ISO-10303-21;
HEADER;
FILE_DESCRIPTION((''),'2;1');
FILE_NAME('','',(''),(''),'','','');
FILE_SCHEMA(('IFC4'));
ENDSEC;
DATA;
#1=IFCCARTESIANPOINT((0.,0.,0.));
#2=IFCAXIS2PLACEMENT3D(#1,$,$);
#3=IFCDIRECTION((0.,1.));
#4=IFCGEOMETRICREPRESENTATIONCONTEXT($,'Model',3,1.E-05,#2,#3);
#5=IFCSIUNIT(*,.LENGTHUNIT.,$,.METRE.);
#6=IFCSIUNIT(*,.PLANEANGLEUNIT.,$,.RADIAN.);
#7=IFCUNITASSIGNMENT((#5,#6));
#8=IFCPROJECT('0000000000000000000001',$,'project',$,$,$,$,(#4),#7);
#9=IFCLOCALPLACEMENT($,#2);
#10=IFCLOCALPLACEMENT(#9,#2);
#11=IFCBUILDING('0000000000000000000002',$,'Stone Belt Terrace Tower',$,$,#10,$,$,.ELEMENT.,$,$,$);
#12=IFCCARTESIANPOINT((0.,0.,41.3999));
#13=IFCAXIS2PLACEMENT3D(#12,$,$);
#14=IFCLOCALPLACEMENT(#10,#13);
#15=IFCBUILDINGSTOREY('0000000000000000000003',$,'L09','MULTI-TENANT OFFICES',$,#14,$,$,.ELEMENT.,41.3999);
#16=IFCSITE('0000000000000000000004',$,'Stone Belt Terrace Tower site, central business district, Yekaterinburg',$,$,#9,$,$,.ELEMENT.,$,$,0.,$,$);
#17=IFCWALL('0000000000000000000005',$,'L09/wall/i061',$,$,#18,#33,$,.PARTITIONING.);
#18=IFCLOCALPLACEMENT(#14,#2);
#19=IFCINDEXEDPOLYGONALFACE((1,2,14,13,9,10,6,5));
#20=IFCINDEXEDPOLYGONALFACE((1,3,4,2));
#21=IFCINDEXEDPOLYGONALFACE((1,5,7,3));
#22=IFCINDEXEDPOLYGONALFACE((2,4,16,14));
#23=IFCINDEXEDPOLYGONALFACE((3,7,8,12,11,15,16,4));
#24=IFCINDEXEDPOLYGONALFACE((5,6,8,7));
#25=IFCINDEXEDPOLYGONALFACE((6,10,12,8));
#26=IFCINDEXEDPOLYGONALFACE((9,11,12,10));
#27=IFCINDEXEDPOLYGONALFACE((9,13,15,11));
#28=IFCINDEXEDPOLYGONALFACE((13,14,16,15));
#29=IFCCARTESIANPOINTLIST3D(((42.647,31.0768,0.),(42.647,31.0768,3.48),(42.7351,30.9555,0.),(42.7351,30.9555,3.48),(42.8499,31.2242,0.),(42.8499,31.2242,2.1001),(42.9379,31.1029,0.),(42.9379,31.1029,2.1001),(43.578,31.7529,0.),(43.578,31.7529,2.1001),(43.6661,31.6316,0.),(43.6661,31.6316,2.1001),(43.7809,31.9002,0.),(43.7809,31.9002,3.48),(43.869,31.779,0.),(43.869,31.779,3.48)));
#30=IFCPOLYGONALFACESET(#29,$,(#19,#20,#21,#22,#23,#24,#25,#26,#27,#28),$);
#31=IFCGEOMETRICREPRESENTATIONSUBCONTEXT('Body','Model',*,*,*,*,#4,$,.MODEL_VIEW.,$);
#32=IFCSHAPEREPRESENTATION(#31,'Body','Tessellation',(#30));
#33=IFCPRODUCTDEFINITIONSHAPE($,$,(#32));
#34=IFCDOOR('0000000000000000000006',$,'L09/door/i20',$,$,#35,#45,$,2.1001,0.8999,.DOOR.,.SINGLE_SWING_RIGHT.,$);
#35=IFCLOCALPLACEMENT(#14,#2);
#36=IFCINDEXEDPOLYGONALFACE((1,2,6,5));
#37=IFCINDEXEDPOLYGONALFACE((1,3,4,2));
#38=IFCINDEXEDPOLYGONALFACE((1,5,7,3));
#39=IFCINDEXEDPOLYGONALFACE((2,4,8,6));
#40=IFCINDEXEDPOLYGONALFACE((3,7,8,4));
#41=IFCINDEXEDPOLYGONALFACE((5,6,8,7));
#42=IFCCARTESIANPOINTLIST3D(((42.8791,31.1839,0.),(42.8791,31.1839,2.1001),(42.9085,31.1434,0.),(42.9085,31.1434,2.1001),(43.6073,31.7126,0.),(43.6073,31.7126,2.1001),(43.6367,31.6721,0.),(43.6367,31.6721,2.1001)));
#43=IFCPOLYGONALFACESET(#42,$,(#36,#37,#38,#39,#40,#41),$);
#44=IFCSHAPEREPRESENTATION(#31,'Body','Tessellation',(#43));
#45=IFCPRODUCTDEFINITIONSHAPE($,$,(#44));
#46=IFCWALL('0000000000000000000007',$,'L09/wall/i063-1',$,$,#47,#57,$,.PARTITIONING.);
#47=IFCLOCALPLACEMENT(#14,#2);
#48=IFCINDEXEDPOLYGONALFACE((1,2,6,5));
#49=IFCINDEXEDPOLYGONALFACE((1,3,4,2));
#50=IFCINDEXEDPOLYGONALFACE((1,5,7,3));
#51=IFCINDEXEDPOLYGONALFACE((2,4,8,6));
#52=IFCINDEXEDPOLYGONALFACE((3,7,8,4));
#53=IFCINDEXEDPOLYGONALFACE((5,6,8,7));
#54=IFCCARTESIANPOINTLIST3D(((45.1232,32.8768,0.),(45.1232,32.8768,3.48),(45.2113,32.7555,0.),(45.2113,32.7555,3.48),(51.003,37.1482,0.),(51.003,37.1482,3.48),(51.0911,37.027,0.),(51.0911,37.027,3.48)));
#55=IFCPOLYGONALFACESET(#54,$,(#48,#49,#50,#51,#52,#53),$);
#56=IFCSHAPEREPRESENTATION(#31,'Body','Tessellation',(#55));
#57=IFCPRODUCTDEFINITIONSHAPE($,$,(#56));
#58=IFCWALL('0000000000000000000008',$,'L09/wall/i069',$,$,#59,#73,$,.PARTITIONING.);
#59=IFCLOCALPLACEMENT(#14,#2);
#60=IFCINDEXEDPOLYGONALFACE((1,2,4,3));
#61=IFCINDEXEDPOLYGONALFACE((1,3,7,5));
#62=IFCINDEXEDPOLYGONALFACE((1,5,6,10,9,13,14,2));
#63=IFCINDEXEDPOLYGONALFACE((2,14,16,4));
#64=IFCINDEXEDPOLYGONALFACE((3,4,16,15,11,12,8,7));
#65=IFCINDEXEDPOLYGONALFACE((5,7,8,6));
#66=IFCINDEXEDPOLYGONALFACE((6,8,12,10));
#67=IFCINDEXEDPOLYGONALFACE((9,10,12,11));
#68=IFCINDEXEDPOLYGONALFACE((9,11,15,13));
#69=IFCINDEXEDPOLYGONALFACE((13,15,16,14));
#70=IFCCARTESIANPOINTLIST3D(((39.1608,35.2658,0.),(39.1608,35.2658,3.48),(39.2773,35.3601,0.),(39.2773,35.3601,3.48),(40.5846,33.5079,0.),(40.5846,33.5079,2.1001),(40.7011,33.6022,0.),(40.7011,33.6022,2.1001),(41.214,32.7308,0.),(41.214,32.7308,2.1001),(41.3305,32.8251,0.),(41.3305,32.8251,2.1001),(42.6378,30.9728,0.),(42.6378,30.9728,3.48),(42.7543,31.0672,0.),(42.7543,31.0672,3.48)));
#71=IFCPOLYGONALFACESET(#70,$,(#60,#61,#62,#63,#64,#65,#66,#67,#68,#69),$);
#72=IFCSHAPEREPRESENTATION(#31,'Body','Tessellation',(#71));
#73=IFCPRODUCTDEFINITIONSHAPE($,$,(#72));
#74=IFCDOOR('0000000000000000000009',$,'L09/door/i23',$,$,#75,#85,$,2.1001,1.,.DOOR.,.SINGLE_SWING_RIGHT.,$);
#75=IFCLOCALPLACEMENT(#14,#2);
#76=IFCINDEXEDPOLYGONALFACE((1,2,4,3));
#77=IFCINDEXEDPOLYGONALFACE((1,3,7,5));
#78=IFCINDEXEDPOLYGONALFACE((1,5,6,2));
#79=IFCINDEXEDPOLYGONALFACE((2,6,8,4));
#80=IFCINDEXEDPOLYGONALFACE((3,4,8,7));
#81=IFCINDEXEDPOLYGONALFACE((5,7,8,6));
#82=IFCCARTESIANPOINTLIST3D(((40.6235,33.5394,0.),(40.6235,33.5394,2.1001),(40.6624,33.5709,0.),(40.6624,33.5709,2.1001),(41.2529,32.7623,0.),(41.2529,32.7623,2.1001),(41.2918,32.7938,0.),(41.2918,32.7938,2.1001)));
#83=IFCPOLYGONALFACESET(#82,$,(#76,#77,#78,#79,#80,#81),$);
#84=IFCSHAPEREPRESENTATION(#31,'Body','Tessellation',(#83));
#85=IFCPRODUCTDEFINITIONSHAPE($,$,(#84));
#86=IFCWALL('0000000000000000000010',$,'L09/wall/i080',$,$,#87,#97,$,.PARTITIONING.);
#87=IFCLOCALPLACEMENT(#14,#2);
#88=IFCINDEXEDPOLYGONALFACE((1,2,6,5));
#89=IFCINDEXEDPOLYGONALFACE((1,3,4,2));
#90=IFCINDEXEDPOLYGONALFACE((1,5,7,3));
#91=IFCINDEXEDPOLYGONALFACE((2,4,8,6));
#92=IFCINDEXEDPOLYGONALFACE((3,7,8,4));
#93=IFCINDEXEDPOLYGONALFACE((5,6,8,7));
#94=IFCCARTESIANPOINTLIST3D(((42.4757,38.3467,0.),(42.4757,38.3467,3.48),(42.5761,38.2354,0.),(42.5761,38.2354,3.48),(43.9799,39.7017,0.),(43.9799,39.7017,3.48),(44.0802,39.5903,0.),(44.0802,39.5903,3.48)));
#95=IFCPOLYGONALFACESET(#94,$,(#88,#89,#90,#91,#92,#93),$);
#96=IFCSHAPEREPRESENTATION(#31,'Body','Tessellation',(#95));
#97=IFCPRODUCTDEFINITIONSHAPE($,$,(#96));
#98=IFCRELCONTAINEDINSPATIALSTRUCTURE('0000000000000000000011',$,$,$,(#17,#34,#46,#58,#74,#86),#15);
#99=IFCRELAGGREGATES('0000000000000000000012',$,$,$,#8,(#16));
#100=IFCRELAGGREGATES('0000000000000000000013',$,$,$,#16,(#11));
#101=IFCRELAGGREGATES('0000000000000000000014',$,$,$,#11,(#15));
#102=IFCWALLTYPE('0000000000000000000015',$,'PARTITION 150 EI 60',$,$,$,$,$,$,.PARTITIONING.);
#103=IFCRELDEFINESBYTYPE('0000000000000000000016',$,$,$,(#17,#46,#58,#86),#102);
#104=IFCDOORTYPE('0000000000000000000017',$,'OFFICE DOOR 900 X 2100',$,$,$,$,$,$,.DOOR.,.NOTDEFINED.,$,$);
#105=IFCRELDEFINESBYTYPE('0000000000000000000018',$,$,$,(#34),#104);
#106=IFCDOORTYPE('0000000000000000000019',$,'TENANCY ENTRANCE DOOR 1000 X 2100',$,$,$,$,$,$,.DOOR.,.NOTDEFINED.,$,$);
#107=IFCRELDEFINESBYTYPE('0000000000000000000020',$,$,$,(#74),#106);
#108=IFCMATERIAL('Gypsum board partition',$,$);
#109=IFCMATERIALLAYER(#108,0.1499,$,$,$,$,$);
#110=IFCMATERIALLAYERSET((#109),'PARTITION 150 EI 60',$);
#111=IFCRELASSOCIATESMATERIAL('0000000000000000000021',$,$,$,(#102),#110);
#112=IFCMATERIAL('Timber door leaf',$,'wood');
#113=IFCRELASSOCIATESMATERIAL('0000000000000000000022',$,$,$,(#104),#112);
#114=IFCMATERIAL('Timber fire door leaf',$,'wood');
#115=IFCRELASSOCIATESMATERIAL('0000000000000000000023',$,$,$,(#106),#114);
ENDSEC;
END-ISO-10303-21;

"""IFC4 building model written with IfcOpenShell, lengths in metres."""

from ifc_helpers import new_model, si_unit, direction, frame, frame_2d, origin, place, context, subcontext, project, spatial, rectangle, extrude, material, layer, layer_set, type_object, element, fill, save


model = new_model("IFC4")

# Units and contexts
model_context = context("Model", 3, precision=1e-05, world=origin(), true_north=direction((0.0, 1.0)))
body_context = subcontext(model_context, "Body", "Model", "MODEL_VIEW")
ifc_project = project(units=[si_unit("LENGTHUNIT", "METRE"), si_unit("PLANEANGLEUNIT", "RADIAN")], contexts=[model_context])

# Site, building, storey
site_placement = place(None, origin())
site = spatial("IfcSite", under=ifc_project, at=site_placement, Name="Stone Belt Terrace Tower site, central business district, Yekaterinburg", CompositionType="ELEMENT", RefElevation=0.0)
building_placement = place(site_placement, origin())
building = spatial("IfcBuilding", under=site, at=building_placement, Name="Stone Belt Terrace Tower", CompositionType="ELEMENT")
storey_placement = place(building_placement, frame((0.0, 0.0, 41.3999)))
storey = spatial("IfcBuildingStorey", under=building, at=storey_placement, Name="L09", Description="MULTI-TENANT OFFICES", CompositionType="ELEMENT", Elevation=41.3999)

# Wall, opening, door
ifc_material_1 = material(Name="Gypsum board partition")
ifc_layer_1 = layer(ifc_material_1, 0.1499)
ifc_layer_set_1 = layer_set([ifc_layer_1], Name="PARTITION 150 EI 60")
wall_type = type_object("IfcWallType", Name="PARTITION 150 EI 60", PredefinedType="PARTITIONING", material=ifc_layer_set_1)
wall_1_placement = place(storey_placement, frame((43.825, 31.8396, 0.0), z_axis=(0.0, 0.0, 1.0), x_axis=(-0.809165, -0.587581, 0.0)))
wall_1 = element("IfcWall", 1, at=wall_1_placement, inside=storey, type_object=wall_type, Name="L09/wall/i061", PredefinedType="PARTITIONING", context=body_context, shape_type="SweptSolid", body=[
    extrude(rectangle(XDim=1.4014, YDim=0.1499, at=frame_2d((0.7007, 0.0))), origin(), (0.0, 0.0, 1.0), 3.48),
])
opening_1_placement = place(wall_1_placement, frame((0.2507, 0.0, 0.0)))
opening_1 = element("IfcOpeningElement", 2, at=opening_1_placement, cuts=wall_1, PredefinedType="OPENING", context=body_context, shape_type="SweptSolid", body=[
    extrude(rectangle(XDim=0.8999, YDim=2.1001, at=frame_2d((0.45, 1.05))), frame((0.0, 0.085, 0.0), z_axis=(0.0, -1.0, 0.0), x_axis=(1.0, 0.0, 0.0)), (0.0, 0.0, 1.0), 0.1699),
])
ifc_material_2 = material(Name="Timber door leaf", Category="wood")
door_type_1 = type_object("IfcDoorType", Name="OFFICE DOOR 900 X 2100", OperationType="NOTDEFINED", PredefinedType="DOOR", material=ifc_material_2)
door_1_placement = place(opening_1_placement, origin())
door_1 = element("IfcDoor", 3, at=door_1_placement, inside=storey, type_object=door_type_1, Name="L09/door/i20", OperationType="SINGLE_SWING_RIGHT", OverallHeight=2.1001, OverallWidth=0.8999, PredefinedType="DOOR", context=body_context, shape_type="SweptSolid", body=[
    extrude(rectangle(XDim=0.8999, YDim=2.1001, at=frame_2d((0.45, 1.05))), frame((0.0, 0.0249, 0.0), z_axis=(0.0, -1.0, 0.0), x_axis=(1.0, 0.0, 0.0)), (0.0, 0.0, 1.0), 0.05),
])
fill(opening_1, door_1)

# Wall
wall_2_placement = place(storey_placement, frame((45.1672, 32.8162, 0.0), z_axis=(0.0, 0.0, 1.0), x_axis=(0.80905, 0.58774, 0.0)))
element("IfcWall", 4, at=wall_2_placement, inside=storey, type_object=wall_type, Name="L09/wall/i063-1", PredefinedType="PARTITIONING", context=body_context, shape_type="SweptSolid", body=[
    extrude(rectangle(XDim=7.2676, YDim=0.1499, at=frame_2d((3.6338, 0.0))), origin(), (0.0, 0.0, 1.0), 3.48),
])

# Wall, opening, door
wall_3_placement = place(storey_placement, frame((42.696, 31.02, 0.0), z_axis=(0.0, 0.0, 1.0), x_axis=(-0.629394, 0.777086, 0.0)))
wall_3 = element("IfcWall", 5, at=wall_3_placement, inside=storey, type_object=wall_type, Name="L09/wall/i069", PredefinedType="PARTITIONING", context=body_context, shape_type="SweptSolid", body=[
    extrude(rectangle(XDim=5.5244, YDim=0.1499, at=frame_2d((2.7622, 0.0))), origin(), (0.0, 0.0, 1.0), 3.48),
])
opening_2_placement = place(wall_3_placement, frame((2.2622, 0.0, 0.0)))
opening_2 = element("IfcOpeningElement", 6, at=opening_2_placement, cuts=wall_3, PredefinedType="OPENING", context=body_context, shape_type="SweptSolid", body=[
    extrude(rectangle(XDim=1.0, YDim=2.1001, at=frame_2d((0.5, 1.05))), frame((0.0, 0.085, 0.0), z_axis=(0.0, -1.0, 0.0), x_axis=(1.0, 0.0, 0.0)), (0.0, 0.0, 1.0), 0.1699),
])
ifc_material_3 = material(Name="Timber fire door leaf", Category="wood")
door_type_2 = type_object("IfcDoorType", Name="TENANCY ENTRANCE DOOR 1000 X 2100", OperationType="NOTDEFINED", PredefinedType="DOOR", material=ifc_material_3)
door_2_placement = place(opening_2_placement, origin())
door_2 = element("IfcDoor", 7, at=door_2_placement, inside=storey, type_object=door_type_2, Name="L09/door/i23", OperationType="SINGLE_SWING_RIGHT", OverallHeight=2.1001, OverallWidth=1.0, PredefinedType="DOOR", context=body_context, shape_type="SweptSolid", body=[
    extrude(rectangle(XDim=1.0, YDim=2.1001, at=frame_2d((0.5, 1.05))), frame((0.0, 0.0249, 0.0), z_axis=(0.0, -1.0, 0.0), x_axis=(1.0, 0.0, 0.0)), (0.0, 0.0, 1.0), 0.05),
])
fill(opening_2, door_2)

# Wall
wall_4_placement = place(storey_placement, frame((44.03, 39.646, 0.0), z_axis=(0.0, 0.0, 1.0), x_axis=(-0.742988, -0.669304, 0.0)))
element("IfcWall", 8, at=wall_4_placement, inside=storey, type_object=wall_type, Name="L09/wall/i080", PredefinedType="PARTITIONING", context=body_context, shape_type="SweptSolid", body=[
    extrude(rectangle(XDim=2.0244, YDim=0.1499, at=frame_2d((1.0122, 0.0))), origin(), (0.0, 0.0, 1.0), 3.48),
])

save(model, "model.ifc")
